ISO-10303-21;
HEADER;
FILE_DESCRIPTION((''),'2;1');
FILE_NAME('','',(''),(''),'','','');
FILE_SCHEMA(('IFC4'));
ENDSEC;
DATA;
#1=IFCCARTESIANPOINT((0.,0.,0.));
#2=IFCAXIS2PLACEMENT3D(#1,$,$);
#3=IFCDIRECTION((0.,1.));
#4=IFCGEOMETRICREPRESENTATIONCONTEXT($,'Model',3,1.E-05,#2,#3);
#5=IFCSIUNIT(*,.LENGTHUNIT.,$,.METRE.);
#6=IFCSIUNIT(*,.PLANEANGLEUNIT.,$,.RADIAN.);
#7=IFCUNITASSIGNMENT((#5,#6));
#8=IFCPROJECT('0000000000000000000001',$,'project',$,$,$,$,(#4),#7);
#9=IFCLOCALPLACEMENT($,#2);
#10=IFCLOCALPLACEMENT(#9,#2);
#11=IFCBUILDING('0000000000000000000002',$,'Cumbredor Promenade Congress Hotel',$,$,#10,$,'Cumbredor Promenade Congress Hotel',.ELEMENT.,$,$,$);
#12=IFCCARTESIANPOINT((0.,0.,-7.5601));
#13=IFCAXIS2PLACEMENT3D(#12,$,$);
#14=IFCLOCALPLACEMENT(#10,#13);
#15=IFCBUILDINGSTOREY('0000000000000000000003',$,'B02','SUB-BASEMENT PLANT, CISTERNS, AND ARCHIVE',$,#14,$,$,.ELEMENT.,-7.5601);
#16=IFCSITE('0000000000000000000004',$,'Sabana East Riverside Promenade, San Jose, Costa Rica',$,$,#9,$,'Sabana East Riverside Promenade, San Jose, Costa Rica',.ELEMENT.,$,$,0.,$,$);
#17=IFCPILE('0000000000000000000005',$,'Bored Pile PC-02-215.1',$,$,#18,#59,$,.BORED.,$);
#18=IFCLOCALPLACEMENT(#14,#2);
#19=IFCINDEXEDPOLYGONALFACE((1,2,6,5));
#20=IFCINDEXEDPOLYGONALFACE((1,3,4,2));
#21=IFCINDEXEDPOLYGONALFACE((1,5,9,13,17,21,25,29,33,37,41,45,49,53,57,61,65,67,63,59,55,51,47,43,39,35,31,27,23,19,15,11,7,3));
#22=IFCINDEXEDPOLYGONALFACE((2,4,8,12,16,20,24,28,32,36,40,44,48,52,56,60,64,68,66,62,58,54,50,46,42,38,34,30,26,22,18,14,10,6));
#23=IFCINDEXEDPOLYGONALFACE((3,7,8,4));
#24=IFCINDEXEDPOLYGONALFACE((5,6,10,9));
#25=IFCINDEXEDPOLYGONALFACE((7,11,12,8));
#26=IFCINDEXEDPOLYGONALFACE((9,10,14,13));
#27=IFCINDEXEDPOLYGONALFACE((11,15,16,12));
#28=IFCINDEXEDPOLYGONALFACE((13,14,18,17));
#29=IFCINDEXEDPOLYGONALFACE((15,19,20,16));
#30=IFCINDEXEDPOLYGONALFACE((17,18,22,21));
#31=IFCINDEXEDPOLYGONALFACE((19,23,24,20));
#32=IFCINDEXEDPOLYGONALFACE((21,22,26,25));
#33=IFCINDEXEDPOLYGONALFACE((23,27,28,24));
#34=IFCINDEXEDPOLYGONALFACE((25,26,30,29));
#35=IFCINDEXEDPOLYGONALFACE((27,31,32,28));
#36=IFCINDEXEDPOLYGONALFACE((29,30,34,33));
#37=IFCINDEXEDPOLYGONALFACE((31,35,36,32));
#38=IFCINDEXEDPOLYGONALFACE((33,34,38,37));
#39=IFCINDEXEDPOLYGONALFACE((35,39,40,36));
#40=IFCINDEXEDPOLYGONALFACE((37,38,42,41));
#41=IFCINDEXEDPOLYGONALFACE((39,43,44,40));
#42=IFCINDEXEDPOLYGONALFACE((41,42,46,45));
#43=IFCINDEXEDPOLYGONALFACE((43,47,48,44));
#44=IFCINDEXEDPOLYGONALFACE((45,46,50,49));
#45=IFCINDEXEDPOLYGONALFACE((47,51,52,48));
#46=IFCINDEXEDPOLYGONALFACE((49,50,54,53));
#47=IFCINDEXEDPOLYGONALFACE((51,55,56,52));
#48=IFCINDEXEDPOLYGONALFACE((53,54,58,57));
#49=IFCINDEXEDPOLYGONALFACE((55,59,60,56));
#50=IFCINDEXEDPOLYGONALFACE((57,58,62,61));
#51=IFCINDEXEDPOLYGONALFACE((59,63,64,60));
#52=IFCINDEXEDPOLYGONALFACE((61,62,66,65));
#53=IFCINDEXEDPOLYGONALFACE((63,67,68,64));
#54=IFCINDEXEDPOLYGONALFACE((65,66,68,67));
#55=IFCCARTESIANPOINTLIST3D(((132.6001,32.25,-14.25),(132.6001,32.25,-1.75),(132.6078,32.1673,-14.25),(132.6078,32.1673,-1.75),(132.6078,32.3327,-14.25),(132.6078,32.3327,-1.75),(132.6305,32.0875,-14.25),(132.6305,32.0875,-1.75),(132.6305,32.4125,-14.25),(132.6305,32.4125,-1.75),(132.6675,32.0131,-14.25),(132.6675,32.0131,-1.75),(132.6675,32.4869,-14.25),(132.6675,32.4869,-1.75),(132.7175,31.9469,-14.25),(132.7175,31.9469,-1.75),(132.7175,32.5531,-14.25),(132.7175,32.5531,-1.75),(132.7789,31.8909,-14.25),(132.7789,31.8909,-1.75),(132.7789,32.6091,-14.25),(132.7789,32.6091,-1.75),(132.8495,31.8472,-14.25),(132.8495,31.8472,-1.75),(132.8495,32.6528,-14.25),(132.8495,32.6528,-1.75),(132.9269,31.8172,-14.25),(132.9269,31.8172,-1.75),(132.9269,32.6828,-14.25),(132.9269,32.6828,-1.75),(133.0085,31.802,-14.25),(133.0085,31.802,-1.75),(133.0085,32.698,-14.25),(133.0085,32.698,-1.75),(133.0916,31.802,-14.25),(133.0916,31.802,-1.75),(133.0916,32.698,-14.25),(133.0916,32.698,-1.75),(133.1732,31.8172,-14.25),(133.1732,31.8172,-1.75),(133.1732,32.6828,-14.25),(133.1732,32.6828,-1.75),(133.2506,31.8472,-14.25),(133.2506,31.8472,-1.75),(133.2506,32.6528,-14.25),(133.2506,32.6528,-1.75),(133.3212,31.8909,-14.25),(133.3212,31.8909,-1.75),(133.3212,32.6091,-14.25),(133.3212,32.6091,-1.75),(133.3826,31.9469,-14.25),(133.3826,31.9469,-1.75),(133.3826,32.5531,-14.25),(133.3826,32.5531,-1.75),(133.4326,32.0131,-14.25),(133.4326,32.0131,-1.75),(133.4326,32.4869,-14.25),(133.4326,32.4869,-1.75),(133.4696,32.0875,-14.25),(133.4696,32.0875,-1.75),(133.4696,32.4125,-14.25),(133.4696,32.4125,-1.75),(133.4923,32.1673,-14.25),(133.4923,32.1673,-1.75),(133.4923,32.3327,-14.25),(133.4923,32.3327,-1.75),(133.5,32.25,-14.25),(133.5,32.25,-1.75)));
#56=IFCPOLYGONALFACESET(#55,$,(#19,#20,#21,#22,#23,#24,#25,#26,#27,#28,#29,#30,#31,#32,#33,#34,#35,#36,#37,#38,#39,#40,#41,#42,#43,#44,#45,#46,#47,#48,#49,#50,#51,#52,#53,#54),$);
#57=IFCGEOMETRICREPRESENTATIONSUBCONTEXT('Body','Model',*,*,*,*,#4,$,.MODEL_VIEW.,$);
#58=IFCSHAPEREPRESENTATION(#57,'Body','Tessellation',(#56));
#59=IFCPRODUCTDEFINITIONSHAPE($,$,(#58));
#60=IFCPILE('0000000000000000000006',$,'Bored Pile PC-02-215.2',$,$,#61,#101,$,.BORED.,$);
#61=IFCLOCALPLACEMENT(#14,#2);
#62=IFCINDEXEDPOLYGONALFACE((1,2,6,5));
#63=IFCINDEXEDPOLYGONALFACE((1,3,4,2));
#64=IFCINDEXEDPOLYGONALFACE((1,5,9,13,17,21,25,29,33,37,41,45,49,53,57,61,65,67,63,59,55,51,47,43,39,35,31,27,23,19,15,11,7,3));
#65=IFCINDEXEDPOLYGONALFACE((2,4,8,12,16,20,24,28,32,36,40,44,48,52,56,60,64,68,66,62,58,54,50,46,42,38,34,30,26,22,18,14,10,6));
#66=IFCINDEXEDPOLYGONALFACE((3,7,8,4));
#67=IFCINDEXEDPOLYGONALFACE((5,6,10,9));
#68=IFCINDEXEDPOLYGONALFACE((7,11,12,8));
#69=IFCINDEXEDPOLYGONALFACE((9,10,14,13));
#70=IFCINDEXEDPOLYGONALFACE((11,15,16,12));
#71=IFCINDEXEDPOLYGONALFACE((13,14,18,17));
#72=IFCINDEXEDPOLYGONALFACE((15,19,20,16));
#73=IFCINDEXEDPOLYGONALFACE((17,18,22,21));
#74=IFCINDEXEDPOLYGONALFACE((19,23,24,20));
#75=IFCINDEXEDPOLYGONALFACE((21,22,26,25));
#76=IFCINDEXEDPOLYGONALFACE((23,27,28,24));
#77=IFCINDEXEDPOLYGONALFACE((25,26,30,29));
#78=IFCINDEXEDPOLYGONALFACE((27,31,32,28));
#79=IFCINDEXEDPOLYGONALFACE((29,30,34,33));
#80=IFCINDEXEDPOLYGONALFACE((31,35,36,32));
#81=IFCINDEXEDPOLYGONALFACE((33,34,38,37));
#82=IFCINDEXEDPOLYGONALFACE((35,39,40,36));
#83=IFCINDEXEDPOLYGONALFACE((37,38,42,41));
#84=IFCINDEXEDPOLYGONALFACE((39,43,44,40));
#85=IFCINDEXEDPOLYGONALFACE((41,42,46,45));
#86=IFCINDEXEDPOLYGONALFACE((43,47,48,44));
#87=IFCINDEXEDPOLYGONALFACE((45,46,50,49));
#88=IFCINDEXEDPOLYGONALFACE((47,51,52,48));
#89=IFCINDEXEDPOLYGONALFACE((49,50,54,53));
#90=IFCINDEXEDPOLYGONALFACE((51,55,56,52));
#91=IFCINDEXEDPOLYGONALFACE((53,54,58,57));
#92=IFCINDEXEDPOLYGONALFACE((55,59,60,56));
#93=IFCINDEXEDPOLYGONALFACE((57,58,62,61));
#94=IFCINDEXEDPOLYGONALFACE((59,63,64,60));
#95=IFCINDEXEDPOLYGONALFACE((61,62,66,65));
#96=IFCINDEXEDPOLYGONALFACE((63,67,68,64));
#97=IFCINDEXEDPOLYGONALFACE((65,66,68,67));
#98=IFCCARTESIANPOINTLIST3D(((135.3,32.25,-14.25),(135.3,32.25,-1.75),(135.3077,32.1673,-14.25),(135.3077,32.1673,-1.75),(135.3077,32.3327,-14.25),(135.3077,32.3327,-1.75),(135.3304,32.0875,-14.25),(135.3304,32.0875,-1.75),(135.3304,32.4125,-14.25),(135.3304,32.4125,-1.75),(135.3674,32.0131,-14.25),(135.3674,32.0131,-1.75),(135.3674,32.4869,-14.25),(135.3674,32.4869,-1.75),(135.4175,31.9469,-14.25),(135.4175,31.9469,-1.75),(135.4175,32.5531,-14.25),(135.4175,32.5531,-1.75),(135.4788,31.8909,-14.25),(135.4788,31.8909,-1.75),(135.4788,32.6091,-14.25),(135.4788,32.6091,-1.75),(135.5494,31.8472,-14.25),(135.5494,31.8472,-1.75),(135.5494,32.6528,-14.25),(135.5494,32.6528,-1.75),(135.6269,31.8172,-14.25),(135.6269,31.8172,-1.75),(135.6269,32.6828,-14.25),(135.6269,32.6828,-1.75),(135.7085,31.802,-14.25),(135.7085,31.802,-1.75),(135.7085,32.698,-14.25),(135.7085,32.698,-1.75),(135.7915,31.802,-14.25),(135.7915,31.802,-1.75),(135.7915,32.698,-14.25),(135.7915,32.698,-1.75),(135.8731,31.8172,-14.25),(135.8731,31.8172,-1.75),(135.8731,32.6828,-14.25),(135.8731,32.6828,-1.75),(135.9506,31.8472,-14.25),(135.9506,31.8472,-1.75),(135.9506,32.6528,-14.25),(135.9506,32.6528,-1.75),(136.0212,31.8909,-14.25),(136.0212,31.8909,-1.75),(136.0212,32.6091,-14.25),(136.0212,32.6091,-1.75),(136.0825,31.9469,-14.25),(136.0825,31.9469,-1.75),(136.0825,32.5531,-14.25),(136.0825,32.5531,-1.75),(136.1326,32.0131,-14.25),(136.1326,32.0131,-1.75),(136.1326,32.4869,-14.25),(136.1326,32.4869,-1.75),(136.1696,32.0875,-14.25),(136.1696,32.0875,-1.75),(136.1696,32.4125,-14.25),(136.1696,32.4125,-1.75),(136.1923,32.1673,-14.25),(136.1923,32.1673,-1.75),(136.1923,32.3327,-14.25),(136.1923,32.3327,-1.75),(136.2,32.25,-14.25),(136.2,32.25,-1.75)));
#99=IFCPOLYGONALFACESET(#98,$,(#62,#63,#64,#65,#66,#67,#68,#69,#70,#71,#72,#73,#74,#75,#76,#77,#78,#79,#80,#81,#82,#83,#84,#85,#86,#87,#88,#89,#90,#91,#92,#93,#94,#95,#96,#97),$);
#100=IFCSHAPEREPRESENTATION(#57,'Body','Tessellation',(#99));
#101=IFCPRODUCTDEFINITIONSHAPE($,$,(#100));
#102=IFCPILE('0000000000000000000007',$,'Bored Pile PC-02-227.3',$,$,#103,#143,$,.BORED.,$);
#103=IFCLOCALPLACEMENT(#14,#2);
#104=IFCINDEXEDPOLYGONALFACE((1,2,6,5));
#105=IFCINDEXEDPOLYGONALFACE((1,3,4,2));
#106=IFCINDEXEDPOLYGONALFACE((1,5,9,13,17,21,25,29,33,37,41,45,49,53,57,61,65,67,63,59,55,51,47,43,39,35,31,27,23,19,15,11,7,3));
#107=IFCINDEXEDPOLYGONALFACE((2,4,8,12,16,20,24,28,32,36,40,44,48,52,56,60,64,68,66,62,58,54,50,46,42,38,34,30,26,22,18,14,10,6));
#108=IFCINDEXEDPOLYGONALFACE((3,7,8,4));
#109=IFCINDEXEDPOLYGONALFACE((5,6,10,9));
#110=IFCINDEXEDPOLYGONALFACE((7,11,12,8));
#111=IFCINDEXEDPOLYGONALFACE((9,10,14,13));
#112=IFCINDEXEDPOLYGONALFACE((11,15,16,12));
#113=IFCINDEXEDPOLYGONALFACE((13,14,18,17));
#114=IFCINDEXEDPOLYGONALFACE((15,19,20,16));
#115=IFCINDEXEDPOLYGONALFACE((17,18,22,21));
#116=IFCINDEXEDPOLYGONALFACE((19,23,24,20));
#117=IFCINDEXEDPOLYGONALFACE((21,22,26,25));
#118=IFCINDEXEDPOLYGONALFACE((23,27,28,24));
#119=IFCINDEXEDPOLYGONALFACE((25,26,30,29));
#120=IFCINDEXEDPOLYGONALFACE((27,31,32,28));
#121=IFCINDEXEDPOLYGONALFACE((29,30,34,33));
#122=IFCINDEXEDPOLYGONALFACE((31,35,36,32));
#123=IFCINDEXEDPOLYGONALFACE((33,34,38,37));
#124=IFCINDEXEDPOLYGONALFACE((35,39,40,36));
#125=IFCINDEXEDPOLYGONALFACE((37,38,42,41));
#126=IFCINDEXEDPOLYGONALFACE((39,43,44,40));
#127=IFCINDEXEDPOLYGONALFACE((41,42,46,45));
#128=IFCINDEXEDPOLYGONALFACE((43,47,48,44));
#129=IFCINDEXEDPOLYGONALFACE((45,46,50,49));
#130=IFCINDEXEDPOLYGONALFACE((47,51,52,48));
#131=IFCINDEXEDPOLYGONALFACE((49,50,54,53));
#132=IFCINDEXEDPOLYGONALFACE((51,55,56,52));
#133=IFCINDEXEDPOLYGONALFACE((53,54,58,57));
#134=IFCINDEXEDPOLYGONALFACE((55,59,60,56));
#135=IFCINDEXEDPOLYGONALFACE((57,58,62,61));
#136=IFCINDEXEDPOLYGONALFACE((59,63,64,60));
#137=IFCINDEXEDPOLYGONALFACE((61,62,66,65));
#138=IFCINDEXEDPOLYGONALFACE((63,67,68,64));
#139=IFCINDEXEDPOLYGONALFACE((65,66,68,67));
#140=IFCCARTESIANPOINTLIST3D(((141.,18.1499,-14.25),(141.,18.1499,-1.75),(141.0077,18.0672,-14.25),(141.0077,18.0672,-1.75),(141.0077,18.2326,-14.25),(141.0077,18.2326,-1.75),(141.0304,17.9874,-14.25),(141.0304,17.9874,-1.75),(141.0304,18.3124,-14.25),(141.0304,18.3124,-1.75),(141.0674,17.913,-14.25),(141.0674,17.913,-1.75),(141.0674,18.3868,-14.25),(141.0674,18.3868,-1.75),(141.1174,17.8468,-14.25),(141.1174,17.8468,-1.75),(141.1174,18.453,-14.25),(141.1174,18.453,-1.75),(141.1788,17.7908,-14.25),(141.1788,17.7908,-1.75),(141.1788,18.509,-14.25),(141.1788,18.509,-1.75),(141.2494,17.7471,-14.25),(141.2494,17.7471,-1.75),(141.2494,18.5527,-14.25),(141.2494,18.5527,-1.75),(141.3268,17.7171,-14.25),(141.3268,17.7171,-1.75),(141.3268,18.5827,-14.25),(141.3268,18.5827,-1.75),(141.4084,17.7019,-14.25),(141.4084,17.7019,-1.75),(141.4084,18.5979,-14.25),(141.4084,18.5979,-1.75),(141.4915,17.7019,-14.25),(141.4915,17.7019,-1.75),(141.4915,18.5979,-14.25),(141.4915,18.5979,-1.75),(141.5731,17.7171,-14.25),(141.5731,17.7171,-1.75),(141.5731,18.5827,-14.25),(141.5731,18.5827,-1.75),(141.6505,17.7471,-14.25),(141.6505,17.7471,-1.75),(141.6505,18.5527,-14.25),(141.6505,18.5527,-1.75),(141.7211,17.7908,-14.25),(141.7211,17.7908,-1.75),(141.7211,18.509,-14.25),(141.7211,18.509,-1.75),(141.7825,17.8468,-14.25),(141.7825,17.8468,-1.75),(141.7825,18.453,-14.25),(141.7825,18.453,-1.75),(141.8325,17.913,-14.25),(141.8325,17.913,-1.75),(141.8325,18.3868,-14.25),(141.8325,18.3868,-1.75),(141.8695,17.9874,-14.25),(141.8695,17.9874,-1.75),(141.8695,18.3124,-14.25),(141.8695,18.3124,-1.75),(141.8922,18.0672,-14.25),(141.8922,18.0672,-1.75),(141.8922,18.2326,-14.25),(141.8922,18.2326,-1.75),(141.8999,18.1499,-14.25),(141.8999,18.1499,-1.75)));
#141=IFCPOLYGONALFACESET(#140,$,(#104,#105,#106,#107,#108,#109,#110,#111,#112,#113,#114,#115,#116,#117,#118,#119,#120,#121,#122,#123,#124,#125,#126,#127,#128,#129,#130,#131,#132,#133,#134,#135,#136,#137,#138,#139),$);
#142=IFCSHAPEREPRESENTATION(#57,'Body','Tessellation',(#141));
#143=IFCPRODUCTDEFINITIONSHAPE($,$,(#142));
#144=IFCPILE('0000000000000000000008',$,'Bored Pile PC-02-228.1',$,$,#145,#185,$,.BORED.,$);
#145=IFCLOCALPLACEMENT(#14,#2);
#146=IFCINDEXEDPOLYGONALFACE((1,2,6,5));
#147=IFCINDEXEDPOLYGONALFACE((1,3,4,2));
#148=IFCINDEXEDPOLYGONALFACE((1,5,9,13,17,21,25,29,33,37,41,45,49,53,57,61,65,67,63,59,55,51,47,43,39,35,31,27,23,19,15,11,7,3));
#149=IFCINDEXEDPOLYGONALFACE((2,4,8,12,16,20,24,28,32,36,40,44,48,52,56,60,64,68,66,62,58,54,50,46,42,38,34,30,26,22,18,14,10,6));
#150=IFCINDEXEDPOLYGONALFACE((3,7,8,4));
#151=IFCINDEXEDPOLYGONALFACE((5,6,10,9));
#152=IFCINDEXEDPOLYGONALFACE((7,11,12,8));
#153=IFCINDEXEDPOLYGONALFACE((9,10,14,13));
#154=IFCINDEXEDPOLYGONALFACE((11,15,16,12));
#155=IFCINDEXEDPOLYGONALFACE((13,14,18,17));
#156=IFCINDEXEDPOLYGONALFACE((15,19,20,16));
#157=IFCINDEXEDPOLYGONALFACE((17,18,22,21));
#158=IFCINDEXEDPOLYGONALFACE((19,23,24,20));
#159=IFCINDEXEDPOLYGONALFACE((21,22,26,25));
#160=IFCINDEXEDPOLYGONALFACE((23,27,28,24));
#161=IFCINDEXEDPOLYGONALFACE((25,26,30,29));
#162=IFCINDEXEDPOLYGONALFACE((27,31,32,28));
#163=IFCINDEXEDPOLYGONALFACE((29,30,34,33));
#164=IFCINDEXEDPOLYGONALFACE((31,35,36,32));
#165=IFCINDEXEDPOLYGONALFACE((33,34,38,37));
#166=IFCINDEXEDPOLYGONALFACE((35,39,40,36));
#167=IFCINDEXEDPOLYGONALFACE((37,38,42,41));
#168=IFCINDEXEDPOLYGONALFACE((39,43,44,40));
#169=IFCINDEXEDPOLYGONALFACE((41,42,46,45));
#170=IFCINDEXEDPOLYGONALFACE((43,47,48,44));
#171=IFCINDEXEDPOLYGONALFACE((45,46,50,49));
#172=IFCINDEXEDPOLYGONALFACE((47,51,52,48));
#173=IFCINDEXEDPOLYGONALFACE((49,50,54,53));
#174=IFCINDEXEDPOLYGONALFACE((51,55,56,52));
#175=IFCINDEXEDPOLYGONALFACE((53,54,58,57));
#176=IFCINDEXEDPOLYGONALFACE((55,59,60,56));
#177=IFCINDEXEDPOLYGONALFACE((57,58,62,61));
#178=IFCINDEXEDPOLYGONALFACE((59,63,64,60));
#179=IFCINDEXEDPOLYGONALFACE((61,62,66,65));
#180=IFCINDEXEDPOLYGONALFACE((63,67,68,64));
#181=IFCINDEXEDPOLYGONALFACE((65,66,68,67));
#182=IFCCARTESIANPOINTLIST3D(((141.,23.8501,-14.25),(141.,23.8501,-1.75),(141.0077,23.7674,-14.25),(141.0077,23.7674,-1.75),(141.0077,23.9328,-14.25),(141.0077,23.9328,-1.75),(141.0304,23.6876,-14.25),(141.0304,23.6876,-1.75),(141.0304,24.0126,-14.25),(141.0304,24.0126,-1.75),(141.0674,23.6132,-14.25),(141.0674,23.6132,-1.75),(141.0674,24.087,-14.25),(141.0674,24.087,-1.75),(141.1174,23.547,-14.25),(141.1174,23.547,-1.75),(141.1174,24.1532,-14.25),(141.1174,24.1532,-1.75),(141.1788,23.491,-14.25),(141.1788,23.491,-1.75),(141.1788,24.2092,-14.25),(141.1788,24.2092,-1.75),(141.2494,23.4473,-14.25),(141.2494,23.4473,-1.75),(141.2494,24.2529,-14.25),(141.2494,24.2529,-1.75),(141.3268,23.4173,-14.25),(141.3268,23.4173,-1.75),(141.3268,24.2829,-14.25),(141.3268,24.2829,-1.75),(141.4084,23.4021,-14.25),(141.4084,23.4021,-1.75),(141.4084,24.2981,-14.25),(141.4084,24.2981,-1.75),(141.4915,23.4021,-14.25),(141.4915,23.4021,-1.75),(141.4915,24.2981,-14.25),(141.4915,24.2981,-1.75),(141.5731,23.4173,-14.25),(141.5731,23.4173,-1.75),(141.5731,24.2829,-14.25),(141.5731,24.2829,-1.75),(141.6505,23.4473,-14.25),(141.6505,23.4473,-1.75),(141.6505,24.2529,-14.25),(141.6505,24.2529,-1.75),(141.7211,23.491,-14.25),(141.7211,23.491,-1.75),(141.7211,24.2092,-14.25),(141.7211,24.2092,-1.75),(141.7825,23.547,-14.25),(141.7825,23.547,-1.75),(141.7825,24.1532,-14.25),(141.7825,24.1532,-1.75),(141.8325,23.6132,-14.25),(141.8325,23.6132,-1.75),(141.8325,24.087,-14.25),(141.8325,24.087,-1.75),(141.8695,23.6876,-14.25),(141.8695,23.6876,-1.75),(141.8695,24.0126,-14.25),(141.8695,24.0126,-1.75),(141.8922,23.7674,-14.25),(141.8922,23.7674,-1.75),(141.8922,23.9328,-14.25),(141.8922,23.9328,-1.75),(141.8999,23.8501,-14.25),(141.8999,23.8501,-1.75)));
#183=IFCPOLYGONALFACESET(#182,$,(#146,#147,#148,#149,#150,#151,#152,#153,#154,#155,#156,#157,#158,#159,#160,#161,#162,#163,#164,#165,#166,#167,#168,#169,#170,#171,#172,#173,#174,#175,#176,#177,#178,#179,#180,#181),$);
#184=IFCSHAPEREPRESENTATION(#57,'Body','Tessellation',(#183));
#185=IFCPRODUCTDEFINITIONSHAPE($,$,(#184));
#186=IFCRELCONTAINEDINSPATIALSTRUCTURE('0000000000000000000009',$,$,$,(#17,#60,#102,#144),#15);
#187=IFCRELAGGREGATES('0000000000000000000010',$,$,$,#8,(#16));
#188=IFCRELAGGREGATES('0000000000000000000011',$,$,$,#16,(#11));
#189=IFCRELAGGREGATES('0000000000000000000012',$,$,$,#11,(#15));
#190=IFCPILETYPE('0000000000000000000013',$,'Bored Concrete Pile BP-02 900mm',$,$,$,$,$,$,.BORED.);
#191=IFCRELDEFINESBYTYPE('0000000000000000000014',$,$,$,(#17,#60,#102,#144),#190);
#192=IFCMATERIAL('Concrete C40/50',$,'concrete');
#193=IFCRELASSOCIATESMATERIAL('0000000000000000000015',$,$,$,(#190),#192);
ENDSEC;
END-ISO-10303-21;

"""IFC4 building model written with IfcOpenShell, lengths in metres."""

from ifc_helpers import new_model, si_unit, direction, frame, origin, origin_2d, place, context, subcontext, project, spatial, circle, extrude, material, material_profile, profile_set, type_object, element, save


model = new_model("IFC4")

# Units and contexts
model_context = context("Model", 3, precision=1e-05, world=origin(), true_north=direction((0.0, 1.0)))
body_context = subcontext(model_context, "Body", "Model", "MODEL_VIEW")
ifc_project = project(units=[si_unit("LENGTHUNIT", "METRE"), si_unit("PLANEANGLEUNIT", "RADIAN")], contexts=[model_context])

# Site, building, storey
site_placement = place(None, origin())
site = spatial("IfcSite", under=ifc_project, at=site_placement, Name="Sabana East Riverside Promenade, San Jose, Costa Rica", LongName="Sabana East Riverside Promenade, San Jose, Costa Rica", CompositionType="ELEMENT", RefElevation=0.0)
building_placement = place(site_placement, origin())
building = spatial("IfcBuilding", under=site, at=building_placement, Name="Cumbredor Promenade Congress Hotel", LongName="Cumbredor Promenade Congress Hotel", CompositionType="ELEMENT")
storey_placement = place(building_placement, frame((0.0, 0.0, -7.5601)))
storey = spatial("IfcBuildingStorey", under=building, at=storey_placement, Name="B02", Description="SUB-BASEMENT PLANT, CISTERNS, AND ARCHIVE", CompositionType="ELEMENT", Elevation=-7.5601)

# Piles
ifc_material_1 = material(Name="Concrete C40/50", Category="concrete")
ifc_material_profile_1 = material_profile(ifc_material_1, circle(Radius=0.45, at=origin_2d()), Name="PILE D900")
ifc_profile_set_1 = profile_set([ifc_material_profile_1], Name="Concrete C40/50")
pile_type = type_object("IfcPileType", Name="Bored Concrete Pile BP-02 900mm", PredefinedType="BORED", material=ifc_profile_set_1)
for number, where, z_axis, x_axis, name in (
    (1, (133.05, 32.25, -1.75), (0.0, 0.0, -1.0), (1.0, 0.0, 0.0), "Bored Pile PC-02-215.1"),
    (2, (135.75, 32.25, -1.75), (0.0, 0.0, -1.0), (1.0, 0.0, 0.0), "Bored Pile PC-02-215.2"),
    (3, (141.45, 18.1499, -1.75), (0.0, 0.0, -1.0), (1.0, 0.0, 0.0), "Bored Pile PC-02-227.3"),
    (4, (141.45, 23.8501, -1.75), (0.0, 0.0, -1.0), (1.0, 0.0, 0.0), "Bored Pile PC-02-228.1"),
):
    element("IfcPile", number, at=place(storey_placement, frame(where, z_axis=z_axis, x_axis=x_axis)), inside=storey, type_object=pile_type, Name=name, PredefinedType="BORED", context=body_context, shape_type="SweptSolid", body=[
        extrude(circle(Radius=0.45, at=origin_2d()), origin(), (0.0, 0.0, 1.0), 12.5),
    ])

save(model, "model.ifc")
